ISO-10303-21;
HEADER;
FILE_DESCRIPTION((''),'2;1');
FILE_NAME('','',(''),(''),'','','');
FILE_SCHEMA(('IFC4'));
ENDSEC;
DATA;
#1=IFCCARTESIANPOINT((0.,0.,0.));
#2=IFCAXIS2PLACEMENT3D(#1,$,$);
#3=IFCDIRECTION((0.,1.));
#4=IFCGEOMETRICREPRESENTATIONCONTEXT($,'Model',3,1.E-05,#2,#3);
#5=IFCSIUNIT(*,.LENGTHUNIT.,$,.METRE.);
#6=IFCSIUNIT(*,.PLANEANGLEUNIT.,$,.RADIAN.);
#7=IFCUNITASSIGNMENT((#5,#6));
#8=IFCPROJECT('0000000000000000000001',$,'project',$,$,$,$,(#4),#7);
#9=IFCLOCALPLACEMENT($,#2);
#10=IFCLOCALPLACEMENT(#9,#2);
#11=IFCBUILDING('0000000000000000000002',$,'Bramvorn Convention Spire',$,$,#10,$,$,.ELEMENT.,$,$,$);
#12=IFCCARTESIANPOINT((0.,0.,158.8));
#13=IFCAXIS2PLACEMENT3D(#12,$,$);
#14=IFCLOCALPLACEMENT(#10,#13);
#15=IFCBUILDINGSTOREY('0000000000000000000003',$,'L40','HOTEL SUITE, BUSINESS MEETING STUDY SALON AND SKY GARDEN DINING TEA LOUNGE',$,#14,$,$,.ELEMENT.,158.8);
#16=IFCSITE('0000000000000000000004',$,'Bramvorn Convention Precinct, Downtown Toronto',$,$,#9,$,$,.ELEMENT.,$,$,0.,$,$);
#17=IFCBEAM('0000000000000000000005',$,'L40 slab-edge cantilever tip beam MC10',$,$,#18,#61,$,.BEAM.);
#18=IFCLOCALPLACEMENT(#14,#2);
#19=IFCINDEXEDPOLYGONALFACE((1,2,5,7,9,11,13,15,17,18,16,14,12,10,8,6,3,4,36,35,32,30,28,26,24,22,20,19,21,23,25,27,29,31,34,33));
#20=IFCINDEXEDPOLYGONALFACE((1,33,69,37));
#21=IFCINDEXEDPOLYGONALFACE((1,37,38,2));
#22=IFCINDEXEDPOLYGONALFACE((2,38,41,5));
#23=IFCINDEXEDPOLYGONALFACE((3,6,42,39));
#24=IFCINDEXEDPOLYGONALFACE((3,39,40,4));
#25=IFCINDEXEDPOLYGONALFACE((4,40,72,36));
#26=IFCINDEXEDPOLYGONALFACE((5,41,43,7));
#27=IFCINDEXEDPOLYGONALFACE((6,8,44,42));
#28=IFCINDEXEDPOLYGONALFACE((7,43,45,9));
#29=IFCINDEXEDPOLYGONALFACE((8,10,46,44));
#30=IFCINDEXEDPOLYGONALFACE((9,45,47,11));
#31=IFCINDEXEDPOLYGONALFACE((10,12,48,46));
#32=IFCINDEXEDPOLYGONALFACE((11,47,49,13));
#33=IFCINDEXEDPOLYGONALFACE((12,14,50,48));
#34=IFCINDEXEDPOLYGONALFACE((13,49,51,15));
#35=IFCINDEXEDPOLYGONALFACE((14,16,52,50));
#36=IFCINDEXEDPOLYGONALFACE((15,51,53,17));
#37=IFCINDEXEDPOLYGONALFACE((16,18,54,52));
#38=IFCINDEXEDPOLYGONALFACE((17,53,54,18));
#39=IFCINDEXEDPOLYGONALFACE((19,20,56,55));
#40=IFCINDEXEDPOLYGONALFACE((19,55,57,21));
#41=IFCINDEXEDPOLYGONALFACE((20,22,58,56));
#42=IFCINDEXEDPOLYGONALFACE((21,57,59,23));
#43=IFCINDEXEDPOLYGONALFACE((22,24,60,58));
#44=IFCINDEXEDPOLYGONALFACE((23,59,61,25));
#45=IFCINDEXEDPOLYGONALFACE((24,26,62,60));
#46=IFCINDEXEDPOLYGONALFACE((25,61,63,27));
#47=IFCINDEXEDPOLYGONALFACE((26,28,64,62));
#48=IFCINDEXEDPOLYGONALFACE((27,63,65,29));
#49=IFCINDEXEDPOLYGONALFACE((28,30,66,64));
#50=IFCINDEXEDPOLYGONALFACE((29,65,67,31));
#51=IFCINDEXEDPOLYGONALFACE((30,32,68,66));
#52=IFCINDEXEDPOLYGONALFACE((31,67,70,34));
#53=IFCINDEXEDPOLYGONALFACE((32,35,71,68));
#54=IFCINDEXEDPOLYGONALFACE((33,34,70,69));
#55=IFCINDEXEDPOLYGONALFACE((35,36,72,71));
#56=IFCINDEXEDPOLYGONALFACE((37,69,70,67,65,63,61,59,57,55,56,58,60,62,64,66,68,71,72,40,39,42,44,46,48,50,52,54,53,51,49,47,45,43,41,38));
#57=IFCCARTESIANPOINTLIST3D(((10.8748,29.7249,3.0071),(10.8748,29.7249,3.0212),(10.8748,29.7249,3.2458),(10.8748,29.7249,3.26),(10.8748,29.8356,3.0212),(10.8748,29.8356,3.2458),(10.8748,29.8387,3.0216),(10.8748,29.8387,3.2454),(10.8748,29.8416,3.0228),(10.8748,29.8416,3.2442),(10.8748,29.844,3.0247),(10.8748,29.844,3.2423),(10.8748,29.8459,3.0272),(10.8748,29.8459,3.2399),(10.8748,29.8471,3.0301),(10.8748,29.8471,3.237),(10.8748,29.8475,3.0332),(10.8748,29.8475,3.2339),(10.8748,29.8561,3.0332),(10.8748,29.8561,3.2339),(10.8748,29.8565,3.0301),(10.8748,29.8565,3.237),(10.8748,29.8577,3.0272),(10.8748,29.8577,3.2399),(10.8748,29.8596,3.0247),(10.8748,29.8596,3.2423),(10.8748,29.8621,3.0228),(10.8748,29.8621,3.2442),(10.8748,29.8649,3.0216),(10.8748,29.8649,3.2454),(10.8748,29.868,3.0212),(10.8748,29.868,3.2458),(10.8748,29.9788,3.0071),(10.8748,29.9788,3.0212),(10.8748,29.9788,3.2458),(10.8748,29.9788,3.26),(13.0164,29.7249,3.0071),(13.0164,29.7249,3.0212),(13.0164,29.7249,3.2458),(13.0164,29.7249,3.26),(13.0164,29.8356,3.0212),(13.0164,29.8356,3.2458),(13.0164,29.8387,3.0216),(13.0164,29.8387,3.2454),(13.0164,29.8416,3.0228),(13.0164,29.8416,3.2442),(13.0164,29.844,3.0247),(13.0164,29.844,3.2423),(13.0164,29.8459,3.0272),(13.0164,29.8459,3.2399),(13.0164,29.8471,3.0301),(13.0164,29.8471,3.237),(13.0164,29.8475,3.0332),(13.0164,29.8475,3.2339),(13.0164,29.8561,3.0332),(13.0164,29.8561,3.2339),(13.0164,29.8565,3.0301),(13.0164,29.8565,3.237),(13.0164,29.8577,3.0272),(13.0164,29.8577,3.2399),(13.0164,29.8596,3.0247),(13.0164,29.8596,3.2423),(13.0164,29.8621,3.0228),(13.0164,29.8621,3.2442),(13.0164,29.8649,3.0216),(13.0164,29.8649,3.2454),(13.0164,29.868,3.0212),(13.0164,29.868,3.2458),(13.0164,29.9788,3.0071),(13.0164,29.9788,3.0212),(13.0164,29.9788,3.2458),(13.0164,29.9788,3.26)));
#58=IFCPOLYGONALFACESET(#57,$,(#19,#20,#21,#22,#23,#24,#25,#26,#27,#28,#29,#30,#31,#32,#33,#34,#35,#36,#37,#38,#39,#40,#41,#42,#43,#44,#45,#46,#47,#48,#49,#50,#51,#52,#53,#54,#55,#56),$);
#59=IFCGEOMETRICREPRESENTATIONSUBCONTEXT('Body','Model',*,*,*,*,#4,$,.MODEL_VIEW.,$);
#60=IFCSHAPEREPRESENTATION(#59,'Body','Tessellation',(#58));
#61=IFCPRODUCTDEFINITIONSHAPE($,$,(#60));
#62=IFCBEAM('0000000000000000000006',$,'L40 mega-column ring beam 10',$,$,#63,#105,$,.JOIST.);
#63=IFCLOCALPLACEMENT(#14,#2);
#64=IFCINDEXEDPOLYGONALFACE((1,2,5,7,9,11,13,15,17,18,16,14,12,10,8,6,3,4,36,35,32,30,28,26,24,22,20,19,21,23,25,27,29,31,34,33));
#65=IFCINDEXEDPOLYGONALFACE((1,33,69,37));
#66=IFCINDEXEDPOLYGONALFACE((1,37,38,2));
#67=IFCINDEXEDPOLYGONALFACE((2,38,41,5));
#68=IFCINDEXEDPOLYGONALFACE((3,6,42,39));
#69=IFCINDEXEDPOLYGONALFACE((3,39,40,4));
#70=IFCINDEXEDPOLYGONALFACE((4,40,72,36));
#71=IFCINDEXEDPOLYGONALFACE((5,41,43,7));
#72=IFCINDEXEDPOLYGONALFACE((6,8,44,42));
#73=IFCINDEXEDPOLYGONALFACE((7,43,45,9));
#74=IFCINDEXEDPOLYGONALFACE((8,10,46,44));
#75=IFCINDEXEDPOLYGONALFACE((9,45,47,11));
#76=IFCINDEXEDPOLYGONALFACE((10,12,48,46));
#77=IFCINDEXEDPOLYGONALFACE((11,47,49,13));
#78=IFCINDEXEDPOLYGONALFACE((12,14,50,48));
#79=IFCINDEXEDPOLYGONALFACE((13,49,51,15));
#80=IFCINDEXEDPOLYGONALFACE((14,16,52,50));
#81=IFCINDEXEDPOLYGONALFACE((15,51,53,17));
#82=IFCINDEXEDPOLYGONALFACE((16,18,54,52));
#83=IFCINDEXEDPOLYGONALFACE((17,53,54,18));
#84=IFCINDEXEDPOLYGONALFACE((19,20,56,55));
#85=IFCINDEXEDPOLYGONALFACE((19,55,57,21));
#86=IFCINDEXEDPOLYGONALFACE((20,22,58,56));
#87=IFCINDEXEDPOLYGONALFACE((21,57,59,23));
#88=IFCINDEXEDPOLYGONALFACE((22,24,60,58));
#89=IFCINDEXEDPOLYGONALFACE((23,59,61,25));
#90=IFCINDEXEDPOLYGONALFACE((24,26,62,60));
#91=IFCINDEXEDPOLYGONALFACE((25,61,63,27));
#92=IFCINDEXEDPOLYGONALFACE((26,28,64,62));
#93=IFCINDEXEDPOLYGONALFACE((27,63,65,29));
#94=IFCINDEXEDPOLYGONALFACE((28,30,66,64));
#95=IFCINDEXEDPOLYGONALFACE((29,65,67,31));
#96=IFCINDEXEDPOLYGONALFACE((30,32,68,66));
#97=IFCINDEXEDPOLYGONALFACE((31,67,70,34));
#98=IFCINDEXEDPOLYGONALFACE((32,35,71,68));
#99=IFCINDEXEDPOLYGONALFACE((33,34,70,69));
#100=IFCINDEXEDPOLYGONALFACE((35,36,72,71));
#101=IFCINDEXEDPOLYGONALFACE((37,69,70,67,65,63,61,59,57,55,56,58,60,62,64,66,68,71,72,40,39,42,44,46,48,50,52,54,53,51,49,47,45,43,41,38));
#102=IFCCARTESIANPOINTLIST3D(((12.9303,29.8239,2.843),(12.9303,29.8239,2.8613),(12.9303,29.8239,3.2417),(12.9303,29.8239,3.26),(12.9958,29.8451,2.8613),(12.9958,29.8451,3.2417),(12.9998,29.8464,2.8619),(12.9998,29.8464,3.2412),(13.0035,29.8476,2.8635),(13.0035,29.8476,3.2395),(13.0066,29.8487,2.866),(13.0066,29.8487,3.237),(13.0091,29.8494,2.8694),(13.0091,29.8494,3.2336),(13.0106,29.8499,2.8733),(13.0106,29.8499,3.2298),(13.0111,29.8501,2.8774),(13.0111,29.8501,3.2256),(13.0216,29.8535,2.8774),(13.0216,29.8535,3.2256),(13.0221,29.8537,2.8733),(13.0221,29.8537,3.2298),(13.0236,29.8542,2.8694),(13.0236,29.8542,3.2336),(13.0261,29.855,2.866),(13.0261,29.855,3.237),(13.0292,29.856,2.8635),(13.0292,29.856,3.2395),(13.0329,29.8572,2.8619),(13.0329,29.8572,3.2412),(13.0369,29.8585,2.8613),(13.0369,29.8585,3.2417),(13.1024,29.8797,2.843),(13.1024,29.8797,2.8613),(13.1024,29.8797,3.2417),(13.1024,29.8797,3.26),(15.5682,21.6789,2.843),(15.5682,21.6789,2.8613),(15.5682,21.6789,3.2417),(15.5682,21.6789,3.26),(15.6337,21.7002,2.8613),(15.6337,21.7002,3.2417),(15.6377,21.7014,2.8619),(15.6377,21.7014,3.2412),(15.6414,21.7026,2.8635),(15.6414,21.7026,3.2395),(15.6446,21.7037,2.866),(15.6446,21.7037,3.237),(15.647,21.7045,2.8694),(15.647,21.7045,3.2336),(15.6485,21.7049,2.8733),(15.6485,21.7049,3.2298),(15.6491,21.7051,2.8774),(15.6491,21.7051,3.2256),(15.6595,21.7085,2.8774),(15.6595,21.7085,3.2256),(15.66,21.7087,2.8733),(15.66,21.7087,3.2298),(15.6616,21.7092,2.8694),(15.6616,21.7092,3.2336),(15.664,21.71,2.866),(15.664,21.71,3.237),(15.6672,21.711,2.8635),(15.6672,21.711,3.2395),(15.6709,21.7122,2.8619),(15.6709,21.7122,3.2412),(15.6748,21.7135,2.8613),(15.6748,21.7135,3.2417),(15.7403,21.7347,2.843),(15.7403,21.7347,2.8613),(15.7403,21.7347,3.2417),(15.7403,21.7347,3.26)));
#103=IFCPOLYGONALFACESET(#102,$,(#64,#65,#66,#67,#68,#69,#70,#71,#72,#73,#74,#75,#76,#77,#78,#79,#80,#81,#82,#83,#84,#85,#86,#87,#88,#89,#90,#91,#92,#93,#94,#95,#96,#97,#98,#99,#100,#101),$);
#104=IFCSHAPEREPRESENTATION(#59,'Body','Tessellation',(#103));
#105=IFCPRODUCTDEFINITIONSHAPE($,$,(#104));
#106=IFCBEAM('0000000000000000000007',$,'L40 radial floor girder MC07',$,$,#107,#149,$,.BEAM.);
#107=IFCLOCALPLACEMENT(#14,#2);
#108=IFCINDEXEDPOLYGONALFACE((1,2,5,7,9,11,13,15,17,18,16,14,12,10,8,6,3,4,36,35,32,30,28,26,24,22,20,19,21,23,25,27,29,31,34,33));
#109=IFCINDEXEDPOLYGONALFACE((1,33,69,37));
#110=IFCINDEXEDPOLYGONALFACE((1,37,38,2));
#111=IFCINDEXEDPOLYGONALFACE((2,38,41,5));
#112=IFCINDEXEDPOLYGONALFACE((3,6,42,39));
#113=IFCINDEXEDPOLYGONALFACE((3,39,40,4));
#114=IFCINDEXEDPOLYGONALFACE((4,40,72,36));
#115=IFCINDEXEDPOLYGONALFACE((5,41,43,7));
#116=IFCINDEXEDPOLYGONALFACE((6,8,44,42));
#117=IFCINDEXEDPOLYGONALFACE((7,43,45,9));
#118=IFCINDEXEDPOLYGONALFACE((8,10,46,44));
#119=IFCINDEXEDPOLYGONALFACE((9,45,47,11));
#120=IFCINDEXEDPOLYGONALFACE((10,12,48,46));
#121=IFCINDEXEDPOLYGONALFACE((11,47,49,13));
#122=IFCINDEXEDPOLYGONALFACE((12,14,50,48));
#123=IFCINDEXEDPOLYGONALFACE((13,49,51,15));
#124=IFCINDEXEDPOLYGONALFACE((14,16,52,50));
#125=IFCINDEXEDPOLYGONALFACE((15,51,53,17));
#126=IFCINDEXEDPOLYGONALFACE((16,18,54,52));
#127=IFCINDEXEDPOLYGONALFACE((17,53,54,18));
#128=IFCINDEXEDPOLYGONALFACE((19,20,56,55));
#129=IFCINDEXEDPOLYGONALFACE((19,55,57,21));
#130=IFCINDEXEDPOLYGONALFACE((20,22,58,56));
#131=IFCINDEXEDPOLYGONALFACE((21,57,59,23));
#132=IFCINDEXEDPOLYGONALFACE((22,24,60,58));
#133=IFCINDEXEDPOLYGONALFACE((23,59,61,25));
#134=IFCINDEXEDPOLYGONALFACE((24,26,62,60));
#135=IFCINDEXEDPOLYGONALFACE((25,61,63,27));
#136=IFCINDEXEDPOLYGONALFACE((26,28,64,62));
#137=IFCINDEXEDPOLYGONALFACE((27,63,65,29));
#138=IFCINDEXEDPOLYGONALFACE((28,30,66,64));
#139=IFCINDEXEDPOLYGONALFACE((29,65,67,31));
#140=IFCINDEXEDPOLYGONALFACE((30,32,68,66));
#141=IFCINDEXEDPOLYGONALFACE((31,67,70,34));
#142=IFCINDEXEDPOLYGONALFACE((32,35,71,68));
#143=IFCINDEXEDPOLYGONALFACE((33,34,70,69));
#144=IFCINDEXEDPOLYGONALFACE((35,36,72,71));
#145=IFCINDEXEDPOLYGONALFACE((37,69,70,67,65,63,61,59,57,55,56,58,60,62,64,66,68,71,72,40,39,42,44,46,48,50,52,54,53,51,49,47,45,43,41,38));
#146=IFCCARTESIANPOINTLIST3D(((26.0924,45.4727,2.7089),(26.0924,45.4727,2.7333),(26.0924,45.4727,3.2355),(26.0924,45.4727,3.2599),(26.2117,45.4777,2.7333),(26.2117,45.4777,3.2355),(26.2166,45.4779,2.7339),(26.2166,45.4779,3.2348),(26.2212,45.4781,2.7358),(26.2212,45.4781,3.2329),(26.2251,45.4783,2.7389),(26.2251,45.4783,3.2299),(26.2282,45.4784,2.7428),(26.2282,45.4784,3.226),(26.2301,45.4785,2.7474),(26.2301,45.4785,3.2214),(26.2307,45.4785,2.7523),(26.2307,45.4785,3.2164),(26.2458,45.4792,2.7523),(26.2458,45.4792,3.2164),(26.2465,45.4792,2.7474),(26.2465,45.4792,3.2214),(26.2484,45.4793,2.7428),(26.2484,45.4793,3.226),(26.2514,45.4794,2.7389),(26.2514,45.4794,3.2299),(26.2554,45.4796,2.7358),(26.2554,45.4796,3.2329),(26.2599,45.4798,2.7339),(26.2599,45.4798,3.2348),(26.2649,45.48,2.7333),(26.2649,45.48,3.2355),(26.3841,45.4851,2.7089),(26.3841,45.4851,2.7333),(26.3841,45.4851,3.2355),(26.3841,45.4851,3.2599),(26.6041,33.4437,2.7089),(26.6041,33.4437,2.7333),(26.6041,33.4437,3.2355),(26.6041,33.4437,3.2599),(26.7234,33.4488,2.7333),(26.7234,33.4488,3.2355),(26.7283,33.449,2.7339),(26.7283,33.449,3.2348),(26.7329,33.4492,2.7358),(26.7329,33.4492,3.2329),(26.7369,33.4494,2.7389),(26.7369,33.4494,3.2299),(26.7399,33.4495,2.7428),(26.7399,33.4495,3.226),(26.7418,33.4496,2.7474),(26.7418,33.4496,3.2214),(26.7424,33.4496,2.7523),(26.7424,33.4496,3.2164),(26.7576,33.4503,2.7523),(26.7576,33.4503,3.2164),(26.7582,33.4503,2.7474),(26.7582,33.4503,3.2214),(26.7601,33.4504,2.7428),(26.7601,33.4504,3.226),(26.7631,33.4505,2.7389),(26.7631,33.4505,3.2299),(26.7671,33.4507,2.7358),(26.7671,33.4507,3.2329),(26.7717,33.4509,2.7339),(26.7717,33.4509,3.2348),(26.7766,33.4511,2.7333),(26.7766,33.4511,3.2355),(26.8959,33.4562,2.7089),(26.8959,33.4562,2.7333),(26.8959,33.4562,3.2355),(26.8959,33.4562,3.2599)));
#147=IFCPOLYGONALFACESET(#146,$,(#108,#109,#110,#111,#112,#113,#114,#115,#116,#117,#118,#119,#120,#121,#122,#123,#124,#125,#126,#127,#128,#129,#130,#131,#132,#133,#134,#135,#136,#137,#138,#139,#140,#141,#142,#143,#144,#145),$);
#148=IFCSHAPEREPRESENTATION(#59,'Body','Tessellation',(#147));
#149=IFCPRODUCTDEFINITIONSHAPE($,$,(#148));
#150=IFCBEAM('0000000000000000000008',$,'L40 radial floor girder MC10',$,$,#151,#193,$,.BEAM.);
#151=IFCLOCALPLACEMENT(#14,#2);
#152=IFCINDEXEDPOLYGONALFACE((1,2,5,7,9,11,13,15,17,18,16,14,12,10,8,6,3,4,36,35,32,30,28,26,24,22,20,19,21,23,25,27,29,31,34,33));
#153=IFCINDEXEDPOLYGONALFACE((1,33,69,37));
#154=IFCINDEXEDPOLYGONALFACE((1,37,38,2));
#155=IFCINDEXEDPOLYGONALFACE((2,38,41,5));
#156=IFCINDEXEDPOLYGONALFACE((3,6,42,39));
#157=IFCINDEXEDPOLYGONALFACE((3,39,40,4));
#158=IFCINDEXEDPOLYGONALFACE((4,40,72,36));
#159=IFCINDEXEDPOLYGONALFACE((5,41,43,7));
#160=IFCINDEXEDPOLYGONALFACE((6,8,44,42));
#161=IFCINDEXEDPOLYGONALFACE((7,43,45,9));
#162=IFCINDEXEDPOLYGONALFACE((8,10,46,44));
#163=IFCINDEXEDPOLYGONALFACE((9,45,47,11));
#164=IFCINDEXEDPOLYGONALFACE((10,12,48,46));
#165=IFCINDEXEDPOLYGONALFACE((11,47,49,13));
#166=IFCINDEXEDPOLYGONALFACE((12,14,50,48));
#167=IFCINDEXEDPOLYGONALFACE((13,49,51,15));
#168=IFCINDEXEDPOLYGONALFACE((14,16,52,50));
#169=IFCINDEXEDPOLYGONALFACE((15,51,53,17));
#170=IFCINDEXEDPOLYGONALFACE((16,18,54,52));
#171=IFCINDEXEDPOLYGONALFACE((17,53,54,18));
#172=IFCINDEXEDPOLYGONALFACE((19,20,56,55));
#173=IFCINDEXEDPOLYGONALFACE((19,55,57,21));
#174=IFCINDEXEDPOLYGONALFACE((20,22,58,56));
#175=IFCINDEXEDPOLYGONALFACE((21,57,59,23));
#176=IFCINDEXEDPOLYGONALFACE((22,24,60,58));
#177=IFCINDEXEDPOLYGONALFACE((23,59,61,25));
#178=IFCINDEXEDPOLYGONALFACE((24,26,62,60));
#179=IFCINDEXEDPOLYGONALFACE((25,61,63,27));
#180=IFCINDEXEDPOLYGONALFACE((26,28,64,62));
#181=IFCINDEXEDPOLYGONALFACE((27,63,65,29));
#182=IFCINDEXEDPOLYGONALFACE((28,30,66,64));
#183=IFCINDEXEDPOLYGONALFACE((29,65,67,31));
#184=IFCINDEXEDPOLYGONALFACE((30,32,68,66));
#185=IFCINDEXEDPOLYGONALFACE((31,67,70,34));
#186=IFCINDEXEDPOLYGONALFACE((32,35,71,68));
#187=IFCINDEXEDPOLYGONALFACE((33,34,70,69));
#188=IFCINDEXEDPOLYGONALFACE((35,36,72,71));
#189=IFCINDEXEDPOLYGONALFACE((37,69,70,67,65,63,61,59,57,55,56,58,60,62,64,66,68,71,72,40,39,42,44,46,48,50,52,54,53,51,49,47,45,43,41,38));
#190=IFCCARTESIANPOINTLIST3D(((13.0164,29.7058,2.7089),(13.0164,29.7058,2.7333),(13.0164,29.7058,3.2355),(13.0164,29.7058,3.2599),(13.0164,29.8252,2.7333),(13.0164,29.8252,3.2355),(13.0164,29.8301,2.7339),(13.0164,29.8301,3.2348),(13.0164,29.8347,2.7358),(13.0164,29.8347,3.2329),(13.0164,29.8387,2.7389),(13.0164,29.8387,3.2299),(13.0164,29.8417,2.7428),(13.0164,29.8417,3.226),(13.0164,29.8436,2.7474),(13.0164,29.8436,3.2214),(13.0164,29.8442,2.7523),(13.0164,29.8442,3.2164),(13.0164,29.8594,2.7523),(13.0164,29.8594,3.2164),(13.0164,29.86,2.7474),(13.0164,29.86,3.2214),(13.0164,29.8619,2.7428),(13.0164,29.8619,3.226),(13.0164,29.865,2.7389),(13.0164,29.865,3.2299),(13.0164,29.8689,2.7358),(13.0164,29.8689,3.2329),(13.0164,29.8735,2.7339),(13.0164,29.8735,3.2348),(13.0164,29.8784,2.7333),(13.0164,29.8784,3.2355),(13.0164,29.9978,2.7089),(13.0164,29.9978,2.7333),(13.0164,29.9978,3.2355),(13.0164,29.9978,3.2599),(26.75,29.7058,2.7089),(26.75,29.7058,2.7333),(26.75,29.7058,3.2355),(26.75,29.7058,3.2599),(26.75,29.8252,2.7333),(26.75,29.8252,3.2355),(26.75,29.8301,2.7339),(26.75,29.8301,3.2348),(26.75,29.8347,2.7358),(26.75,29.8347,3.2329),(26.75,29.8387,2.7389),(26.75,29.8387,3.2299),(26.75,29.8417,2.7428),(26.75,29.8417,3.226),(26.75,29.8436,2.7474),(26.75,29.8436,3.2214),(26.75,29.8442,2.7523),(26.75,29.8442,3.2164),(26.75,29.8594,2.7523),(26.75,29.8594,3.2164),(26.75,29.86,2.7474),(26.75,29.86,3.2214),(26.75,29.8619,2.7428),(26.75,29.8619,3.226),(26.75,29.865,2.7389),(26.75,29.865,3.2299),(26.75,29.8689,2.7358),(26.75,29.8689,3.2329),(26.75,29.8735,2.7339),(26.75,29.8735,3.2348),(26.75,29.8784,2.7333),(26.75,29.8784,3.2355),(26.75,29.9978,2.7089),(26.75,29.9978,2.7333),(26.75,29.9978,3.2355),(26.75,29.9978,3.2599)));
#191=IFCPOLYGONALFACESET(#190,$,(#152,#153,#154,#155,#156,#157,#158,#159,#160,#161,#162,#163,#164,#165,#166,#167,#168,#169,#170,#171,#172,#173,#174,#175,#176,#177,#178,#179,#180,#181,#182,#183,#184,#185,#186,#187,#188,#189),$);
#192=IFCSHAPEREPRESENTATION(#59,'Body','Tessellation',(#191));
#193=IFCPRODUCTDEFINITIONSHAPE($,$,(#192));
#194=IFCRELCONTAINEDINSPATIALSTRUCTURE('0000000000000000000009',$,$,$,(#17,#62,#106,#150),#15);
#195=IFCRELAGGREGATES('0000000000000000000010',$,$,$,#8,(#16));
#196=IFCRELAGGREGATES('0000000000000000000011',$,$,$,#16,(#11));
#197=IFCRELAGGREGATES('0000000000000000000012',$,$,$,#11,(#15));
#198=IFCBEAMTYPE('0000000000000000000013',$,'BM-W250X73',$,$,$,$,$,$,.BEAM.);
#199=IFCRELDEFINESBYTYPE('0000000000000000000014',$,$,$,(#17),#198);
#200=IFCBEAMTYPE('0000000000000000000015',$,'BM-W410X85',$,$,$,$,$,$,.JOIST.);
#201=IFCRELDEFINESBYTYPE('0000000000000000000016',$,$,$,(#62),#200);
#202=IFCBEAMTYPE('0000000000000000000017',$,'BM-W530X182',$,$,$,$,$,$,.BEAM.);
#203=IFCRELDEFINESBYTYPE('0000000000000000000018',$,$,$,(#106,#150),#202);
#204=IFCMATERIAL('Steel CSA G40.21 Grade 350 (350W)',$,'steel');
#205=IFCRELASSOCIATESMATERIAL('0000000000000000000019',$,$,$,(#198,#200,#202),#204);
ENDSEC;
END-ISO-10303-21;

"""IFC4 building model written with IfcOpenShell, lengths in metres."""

from ifc_helpers import new_model, si_unit, direction, frame, origin, origin_2d, place, context, subcontext, project, spatial, i_section, extrude, material, material_profile, profile_set, type_object, element, save


model = new_model("IFC4")

# Units and contexts
model_context = context("Model", 3, precision=1e-05, world=origin(), true_north=direction((0.0, 1.0)))
body_context = subcontext(model_context, "Body", "Model", "MODEL_VIEW")
ifc_project = project(units=[si_unit("LENGTHUNIT", "METRE"), si_unit("PLANEANGLEUNIT", "RADIAN")], contexts=[model_context])

# Site, building, storey
site_placement = place(None, origin())
site = spatial("IfcSite", under=ifc_project, at=site_placement, Name="Bramvorn Convention Precinct, Downtown Toronto", CompositionType="ELEMENT", RefElevation=0.0)
building_placement = place(site_placement, origin())
building = spatial("IfcBuilding", under=site, at=building_placement, Name="Bramvorn Convention Spire", CompositionType="ELEMENT")
storey_placement = place(building_placement, frame((0.0, 0.0, 158.8)))
storey = spatial("IfcBuildingStorey", under=building, at=storey_placement, Name="L40", Description="HOTEL SUITE, BUSINESS MEETING STUDY SALON AND SKY GARDEN DINING TEA LOUNGE", CompositionType="ELEMENT", Elevation=158.8)

# Shared definitions
ifc_material_1 = material(Name="Steel CSA G40.21 Grade 350 (350W)", Category="steel")

# Beams
ifc_material_profile_1 = material_profile(ifc_material_1, i_section(OverallWidth=0.2539, OverallDepth=0.2529, WebThickness=0.0085, FlangeThickness=0.0142, FilletRadius=0.012, at=origin_2d()))
ifc_profile_set_1 = profile_set([ifc_material_profile_1], Name="Steel CSA G40.21 Grade 350 (350W) - W250X73")
beam_type_1 = type_object("IfcBeamType", Name="BM-W250X73", PredefinedType="BEAM", material=ifc_profile_set_1)
beam_1_placement = place(storey_placement, frame((13.0164, 29.8518, 3.1335), z_axis=(-1.0, 0.0, 0.0), x_axis=(0.0, -1.0, 0.0)))
element("IfcBeam", 1, at=beam_1_placement, inside=storey, type_object=beam_type_1, Name="L40 slab-edge cantilever tip beam MC10", PredefinedType="BEAM", context=body_context, shape_type="SweptSolid", body=[
    extrude(i_section(OverallWidth=0.2539, OverallDepth=0.2529, WebThickness=0.0085, FlangeThickness=0.0142, FilletRadius=0.012, at=origin_2d()), origin(), (0.0, 0.0, 1.0), 2.1416),
])
ifc_material_profile_2 = material_profile(ifc_material_1, i_section(OverallWidth=0.1809, OverallDepth=0.417, WebThickness=0.011, FlangeThickness=0.0183, FilletRadius=0.0161, at=origin_2d()))
ifc_profile_set_2 = profile_set([ifc_material_profile_2], Name="Steel CSA G40.21 Grade 350 (350W) - W410X85")
beam_type_2 = type_object("IfcBeamType", Name="BM-W410X85", PredefinedType="JOIST", material=ifc_profile_set_2)
beam_2_placement = place(storey_placement, frame((13.0164, 29.8518, 3.0515), z_axis=(0.308115, -0.951349, 0.0), x_axis=(0.951349, 0.308115, 0.0)))
element("IfcBeam", 2, at=beam_2_placement, inside=storey, type_object=beam_type_2, Name="L40 mega-column ring beam 10", PredefinedType="JOIST", context=body_context, shape_type="SweptSolid", body=[
    extrude(i_section(OverallWidth=0.1809, OverallDepth=0.417, WebThickness=0.011, FlangeThickness=0.0183, FilletRadius=0.0161, at=origin_2d()), origin(), (0.0, 0.0, 1.0), 8.5615),
])
ifc_material_profile_3 = material_profile(ifc_material_1, i_section(OverallWidth=0.292, OverallDepth=0.551, WebThickness=0.0151, FlangeThickness=0.0244, FilletRadius=0.019, at=origin_2d()))
ifc_profile_set_3 = profile_set([ifc_material_profile_3], Name="Steel CSA G40.21 Grade 350 (350W) - W530X182")
beam_type_3 = type_object("IfcBeamType", Name="BM-W530X182", PredefinedType="BEAM", material=ifc_profile_set_3)
beam_3_placement = place(storey_placement, frame((26.75, 33.45, 2.9844), z_axis=(-0.042503, 0.999096, 0.0), x_axis=(-0.999096, -0.042503, 0.0)))
element("IfcBeam", 3, at=beam_3_placement, inside=storey, type_object=beam_type_3, Name="L40 radial floor girder MC07", PredefinedType="BEAM", context=body_context, shape_type="SweptSolid", body=[
    extrude(i_section(OverallWidth=0.292, OverallDepth=0.551, WebThickness=0.0151, FlangeThickness=0.0244, FilletRadius=0.019, at=origin_2d()), origin(), (0.0, 0.0, 1.0), 12.0398),
])
beam_4_placement = place(storey_placement, frame((26.75, 29.8518, 2.9844), z_axis=(-1.0, 0.0, 0.0), x_axis=(0.0, -1.0, 0.0)))
element("IfcBeam", 4, at=beam_4_placement, inside=storey, type_object=beam_type_3, Name="L40 radial floor girder MC10", PredefinedType="BEAM", context=body_context, shape_type="SweptSolid", body=[
    extrude(i_section(OverallWidth=0.292, OverallDepth=0.551, WebThickness=0.0151, FlangeThickness=0.0244, FilletRadius=0.019, at=origin_2d()), origin(), (0.0, 0.0, 1.0), 13.7336),
])

save(model, "model.ifc")
